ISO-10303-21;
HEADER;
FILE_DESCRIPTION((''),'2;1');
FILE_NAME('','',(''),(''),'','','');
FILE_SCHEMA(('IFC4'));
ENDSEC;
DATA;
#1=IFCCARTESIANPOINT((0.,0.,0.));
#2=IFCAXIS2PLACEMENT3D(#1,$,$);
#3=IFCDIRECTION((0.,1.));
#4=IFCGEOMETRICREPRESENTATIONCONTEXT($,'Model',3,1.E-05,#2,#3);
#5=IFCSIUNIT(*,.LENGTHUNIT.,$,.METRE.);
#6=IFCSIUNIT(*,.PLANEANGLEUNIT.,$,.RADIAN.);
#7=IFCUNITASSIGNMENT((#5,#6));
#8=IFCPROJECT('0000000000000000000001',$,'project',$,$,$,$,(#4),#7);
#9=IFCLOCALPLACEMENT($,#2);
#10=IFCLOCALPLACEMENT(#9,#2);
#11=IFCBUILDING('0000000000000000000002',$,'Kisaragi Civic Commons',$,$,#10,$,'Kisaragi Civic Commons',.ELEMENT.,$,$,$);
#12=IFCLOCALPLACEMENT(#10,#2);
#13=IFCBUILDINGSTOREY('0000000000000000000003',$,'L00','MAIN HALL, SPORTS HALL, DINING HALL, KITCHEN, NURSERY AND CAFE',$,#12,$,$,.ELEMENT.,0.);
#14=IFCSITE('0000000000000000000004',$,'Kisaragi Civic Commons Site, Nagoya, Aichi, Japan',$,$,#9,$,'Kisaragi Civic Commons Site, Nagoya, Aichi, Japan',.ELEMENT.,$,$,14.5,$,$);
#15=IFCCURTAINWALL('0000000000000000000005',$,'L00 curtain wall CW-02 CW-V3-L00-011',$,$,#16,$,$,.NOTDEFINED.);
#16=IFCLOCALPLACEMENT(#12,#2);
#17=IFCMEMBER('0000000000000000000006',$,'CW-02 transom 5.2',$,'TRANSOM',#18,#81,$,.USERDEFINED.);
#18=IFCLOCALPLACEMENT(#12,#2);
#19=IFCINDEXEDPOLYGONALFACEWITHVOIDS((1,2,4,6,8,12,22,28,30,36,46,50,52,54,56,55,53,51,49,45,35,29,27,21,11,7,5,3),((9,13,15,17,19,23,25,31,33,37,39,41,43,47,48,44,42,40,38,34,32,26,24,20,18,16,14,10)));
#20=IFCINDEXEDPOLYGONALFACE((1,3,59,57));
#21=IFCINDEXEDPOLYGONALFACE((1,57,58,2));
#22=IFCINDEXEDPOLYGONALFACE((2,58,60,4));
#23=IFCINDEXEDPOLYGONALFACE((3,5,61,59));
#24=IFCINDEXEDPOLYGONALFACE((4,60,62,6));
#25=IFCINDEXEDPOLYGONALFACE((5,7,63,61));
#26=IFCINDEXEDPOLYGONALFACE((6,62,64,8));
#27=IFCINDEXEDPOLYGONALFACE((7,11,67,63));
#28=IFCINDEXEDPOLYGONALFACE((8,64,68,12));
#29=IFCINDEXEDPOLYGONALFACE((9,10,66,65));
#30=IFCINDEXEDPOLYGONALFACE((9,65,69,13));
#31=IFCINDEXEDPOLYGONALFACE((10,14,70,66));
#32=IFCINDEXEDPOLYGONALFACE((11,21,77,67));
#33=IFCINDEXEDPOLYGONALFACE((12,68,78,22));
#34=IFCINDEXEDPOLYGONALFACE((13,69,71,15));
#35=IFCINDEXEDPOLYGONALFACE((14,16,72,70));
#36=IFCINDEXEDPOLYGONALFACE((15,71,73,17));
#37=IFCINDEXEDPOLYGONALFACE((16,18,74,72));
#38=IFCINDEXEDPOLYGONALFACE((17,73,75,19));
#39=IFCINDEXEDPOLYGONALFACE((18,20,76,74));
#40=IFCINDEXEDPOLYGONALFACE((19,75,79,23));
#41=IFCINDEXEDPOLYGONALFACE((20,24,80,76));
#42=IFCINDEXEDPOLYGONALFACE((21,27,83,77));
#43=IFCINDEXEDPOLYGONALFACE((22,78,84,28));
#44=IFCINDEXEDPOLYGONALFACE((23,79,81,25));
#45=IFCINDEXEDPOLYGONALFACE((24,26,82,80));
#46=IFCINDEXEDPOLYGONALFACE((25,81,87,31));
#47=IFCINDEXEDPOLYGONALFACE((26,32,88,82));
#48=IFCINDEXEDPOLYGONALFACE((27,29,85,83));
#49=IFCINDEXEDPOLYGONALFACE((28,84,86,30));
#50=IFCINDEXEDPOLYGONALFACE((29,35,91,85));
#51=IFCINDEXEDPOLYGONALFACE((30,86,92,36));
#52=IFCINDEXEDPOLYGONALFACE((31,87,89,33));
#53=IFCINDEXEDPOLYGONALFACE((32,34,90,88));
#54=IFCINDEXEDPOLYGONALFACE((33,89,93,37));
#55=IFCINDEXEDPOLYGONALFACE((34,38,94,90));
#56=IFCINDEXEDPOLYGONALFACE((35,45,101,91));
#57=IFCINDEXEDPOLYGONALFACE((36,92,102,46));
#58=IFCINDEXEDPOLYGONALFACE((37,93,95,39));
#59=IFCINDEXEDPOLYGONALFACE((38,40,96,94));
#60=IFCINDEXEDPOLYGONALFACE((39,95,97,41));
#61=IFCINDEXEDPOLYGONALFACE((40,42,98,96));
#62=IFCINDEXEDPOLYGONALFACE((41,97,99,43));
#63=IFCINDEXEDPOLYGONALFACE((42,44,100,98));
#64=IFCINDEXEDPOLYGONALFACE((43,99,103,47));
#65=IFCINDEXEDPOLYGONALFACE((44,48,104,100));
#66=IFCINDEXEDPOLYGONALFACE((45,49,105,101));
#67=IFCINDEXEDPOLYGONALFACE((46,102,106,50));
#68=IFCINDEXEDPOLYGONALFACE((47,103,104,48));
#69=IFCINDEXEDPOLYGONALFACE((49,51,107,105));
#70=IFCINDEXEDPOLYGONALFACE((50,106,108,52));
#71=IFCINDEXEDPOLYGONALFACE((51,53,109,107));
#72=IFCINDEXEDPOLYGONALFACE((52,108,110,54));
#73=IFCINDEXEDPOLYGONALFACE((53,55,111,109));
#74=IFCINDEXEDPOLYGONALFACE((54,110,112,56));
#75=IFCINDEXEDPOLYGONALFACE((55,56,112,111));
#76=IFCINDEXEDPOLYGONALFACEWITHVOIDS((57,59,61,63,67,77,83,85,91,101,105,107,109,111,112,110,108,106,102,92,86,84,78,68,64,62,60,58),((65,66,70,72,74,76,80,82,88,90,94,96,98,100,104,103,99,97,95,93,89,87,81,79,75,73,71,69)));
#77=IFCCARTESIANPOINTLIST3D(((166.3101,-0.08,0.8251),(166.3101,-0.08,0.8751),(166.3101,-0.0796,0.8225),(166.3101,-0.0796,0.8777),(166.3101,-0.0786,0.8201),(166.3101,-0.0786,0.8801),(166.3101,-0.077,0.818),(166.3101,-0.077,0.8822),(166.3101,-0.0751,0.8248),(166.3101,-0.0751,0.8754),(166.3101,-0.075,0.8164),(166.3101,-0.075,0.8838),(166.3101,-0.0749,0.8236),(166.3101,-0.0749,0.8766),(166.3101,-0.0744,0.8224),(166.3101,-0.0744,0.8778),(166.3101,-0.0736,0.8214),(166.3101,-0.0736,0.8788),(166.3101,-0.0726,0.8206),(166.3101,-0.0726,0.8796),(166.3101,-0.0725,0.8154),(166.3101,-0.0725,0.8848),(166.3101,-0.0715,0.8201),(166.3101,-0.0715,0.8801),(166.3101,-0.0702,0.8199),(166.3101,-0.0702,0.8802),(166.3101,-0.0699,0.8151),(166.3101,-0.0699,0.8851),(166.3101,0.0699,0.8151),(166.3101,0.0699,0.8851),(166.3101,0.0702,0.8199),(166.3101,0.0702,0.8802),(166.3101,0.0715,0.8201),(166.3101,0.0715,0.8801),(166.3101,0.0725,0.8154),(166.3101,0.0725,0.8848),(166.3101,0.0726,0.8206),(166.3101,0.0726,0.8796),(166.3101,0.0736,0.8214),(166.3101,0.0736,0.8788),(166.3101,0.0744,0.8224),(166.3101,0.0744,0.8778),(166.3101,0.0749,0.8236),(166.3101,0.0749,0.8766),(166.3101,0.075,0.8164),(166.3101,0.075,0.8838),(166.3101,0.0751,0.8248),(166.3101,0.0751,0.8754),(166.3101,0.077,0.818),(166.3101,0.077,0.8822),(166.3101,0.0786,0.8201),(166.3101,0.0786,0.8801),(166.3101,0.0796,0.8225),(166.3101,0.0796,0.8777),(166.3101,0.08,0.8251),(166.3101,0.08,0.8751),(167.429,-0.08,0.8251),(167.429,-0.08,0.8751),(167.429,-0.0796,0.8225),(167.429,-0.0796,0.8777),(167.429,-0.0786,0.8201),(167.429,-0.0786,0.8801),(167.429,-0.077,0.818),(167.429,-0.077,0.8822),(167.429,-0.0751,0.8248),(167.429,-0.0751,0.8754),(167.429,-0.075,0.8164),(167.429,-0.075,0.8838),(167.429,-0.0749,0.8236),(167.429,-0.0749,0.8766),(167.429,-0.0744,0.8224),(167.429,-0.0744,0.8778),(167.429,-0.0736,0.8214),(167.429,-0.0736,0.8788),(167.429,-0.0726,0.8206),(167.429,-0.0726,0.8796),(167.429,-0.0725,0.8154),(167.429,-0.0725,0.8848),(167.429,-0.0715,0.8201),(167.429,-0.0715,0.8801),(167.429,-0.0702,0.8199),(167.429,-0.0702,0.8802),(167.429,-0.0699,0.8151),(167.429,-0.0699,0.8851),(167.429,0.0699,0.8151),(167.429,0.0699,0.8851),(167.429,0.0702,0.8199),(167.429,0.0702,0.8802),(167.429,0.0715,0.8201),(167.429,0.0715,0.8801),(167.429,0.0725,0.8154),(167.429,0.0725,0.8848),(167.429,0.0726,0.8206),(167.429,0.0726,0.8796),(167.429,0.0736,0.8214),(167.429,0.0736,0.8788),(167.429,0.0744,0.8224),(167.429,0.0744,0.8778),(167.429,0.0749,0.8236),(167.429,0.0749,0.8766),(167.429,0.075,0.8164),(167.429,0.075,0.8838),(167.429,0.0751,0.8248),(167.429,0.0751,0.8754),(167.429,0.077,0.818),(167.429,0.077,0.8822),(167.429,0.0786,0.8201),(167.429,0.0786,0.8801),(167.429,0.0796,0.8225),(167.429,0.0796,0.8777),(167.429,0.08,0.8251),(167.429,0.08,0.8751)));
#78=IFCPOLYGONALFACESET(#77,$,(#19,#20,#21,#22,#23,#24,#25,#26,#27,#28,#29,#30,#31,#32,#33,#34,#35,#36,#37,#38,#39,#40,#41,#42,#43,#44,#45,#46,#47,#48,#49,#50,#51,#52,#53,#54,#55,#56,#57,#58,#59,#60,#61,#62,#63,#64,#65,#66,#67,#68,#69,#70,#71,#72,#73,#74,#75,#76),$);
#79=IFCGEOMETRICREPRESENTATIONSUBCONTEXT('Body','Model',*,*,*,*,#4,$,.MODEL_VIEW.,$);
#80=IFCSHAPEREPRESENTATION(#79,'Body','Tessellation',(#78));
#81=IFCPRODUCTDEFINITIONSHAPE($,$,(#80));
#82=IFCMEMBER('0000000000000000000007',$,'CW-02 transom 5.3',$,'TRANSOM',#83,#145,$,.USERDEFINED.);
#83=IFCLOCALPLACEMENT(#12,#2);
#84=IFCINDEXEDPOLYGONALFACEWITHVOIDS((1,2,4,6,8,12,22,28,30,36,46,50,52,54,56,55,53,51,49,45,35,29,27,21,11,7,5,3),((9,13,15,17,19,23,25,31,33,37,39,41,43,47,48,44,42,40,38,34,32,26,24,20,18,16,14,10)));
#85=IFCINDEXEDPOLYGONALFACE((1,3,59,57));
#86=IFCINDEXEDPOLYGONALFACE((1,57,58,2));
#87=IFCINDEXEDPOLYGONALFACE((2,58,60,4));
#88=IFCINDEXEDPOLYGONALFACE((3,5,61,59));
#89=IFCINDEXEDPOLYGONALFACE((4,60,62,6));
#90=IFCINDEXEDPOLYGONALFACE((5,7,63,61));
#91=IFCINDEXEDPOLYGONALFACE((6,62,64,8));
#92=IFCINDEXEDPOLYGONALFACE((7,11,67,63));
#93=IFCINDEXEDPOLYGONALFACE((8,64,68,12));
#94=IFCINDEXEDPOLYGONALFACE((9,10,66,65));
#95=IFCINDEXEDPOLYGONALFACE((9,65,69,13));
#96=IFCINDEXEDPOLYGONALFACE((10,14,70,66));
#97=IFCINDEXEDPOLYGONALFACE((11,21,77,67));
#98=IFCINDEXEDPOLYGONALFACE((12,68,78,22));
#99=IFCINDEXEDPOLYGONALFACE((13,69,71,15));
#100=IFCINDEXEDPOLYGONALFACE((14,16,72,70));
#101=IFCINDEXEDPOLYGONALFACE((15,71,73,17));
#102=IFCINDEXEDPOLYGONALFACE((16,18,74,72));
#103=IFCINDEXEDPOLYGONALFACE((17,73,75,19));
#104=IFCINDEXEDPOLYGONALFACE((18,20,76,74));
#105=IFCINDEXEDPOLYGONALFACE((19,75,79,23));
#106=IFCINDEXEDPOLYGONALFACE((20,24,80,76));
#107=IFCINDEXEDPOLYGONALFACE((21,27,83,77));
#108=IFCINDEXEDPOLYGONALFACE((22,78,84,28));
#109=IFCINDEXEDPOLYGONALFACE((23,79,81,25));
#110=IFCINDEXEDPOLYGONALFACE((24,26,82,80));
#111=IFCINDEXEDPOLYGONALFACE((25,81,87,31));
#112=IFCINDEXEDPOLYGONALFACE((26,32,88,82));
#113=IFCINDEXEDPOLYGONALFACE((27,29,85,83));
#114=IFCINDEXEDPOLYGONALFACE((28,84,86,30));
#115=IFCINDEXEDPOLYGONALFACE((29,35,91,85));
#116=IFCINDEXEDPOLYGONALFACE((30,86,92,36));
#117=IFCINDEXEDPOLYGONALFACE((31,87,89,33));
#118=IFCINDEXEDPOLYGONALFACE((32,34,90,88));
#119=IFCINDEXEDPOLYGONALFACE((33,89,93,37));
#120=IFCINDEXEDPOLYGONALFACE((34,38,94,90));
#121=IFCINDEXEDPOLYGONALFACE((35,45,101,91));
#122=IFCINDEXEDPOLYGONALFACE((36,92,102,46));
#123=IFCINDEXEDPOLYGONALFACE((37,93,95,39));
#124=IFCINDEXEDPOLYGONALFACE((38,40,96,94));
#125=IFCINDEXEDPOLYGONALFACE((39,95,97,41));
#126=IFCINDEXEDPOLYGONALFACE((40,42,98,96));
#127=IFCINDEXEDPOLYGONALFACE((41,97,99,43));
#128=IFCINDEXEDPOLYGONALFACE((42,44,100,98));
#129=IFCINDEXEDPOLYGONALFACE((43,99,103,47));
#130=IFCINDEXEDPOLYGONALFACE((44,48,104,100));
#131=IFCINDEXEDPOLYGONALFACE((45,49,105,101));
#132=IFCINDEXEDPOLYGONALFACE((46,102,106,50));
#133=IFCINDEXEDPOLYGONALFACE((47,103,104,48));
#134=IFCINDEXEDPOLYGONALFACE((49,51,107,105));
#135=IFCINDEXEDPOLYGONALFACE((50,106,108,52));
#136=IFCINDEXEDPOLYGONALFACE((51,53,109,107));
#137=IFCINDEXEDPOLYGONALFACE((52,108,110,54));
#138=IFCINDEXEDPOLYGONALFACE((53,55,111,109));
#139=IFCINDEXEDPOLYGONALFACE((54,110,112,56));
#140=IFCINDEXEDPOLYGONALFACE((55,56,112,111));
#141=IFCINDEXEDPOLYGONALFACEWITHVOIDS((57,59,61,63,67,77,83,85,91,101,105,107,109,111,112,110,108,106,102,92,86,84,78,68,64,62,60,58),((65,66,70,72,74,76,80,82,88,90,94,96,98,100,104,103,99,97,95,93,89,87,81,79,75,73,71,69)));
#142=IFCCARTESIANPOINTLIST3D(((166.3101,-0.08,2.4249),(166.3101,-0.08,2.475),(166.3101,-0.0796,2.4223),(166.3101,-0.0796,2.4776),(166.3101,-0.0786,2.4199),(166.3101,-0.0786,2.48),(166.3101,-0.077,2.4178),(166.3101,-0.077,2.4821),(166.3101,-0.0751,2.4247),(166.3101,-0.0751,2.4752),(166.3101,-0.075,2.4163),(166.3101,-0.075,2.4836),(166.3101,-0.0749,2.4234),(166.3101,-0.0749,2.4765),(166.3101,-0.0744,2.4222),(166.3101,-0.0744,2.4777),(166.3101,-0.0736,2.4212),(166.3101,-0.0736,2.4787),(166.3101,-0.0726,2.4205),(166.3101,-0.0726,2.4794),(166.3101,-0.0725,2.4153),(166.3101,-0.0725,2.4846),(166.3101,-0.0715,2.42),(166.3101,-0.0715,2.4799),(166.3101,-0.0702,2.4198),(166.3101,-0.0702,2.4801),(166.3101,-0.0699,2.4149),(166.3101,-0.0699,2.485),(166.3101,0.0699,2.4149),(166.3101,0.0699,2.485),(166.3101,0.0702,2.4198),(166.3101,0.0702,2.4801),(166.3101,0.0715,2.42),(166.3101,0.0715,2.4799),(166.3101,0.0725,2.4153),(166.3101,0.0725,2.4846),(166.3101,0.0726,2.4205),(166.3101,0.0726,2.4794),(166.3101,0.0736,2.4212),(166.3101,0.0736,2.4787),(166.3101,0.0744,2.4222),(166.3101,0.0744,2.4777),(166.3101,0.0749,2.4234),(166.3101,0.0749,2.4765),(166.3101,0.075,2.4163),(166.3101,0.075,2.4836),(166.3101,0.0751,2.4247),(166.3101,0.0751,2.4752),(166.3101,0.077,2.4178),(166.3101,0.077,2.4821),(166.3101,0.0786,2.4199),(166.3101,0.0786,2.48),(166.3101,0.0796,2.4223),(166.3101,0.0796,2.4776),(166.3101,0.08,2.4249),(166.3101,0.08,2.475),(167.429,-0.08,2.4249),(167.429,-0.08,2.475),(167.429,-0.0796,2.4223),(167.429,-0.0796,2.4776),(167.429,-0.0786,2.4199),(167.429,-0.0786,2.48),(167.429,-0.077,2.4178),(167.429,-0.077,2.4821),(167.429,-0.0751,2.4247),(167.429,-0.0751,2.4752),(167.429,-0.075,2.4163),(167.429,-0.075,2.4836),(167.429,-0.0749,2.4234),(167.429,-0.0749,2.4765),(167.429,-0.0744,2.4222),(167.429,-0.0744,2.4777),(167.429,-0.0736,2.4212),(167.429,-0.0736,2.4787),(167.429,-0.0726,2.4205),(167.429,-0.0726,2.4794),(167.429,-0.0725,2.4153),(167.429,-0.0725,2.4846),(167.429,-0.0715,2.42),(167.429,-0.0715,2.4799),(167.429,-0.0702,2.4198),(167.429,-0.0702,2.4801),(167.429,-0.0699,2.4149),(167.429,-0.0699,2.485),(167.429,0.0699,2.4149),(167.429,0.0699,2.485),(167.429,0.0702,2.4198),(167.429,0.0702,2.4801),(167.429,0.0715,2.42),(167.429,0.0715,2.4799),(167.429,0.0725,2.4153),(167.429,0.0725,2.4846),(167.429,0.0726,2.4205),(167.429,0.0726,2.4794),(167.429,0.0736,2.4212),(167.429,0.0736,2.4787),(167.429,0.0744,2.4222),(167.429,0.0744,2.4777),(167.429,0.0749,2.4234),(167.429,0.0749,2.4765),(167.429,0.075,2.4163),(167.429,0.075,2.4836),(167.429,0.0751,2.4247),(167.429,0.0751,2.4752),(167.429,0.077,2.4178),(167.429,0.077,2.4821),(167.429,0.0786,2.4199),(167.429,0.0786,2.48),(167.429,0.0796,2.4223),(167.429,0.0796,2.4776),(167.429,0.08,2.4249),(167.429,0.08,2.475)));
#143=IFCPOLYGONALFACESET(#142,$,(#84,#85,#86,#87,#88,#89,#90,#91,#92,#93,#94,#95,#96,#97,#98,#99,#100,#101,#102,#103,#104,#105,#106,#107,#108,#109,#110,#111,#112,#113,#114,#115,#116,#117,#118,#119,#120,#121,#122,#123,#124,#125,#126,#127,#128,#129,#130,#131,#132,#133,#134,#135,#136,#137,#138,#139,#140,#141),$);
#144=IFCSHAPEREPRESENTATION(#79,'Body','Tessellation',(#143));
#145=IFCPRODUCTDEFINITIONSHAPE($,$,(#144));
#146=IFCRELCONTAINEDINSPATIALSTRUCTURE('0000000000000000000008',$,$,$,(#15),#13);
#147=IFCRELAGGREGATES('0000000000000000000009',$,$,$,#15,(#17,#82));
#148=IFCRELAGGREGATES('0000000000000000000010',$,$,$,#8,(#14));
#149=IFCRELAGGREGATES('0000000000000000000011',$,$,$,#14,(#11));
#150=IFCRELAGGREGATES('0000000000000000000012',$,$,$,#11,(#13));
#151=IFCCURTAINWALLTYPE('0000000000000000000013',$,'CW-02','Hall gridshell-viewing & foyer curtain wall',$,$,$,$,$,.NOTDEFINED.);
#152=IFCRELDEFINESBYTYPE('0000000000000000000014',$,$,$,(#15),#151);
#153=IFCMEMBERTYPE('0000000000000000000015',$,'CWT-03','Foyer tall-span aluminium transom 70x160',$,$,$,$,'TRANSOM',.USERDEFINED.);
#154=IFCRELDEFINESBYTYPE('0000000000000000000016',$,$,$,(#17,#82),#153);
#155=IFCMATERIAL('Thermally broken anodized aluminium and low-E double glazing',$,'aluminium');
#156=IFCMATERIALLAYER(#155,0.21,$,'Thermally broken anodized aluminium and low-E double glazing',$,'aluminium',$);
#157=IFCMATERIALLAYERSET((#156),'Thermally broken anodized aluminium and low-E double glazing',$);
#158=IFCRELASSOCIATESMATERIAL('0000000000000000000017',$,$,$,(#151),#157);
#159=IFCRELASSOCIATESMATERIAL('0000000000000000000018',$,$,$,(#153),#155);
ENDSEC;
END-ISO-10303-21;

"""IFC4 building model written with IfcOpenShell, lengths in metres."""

from ifc_helpers import new_model, si_unit, direction, frame, origin, origin_2d, place, context, subcontext, project, spatial, hollow_rectangle, extrude, material, layer, layer_set, material_profile, profile_set, type_object, element, aggregate, save


model = new_model("IFC4")

# Units and contexts
model_context = context("Model", 3, precision=1e-05, world=origin(), true_north=direction((0.0, 1.0)))
body_context = subcontext(model_context, "Body", "Model", "MODEL_VIEW")
ifc_project = project(units=[si_unit("LENGTHUNIT", "METRE"), si_unit("PLANEANGLEUNIT", "RADIAN")], contexts=[model_context])

# Site, building, storey
site_placement = place(None, origin())
site = spatial("IfcSite", under=ifc_project, at=site_placement, Name="Kisaragi Civic Commons Site, Nagoya, Aichi, Japan", LongName="Kisaragi Civic Commons Site, Nagoya, Aichi, Japan", CompositionType="ELEMENT", RefElevation=14.5)
building_placement = place(site_placement, origin())
building = spatial("IfcBuilding", under=site, at=building_placement, Name="Kisaragi Civic Commons", LongName="Kisaragi Civic Commons", CompositionType="ELEMENT")
storey_placement = place(building_placement, origin())
storey = spatial("IfcBuildingStorey", under=building, at=storey_placement, Name="L00", Description="MAIN HALL, SPORTS HALL, DINING HALL, KITCHEN, NURSERY AND CAFE", CompositionType="ELEMENT", Elevation=0.0)

# Curtain wall
ifc_material = material(Name="Thermally broken anodized aluminium and low-E double glazing", Category="aluminium")
ifc_layer_1 = layer(ifc_material, 0.21, Name="Thermally broken anodized aluminium and low-E double glazing", Category="aluminium")
ifc_layer_set_1 = layer_set([ifc_layer_1], Name="Thermally broken anodized aluminium and low-E double glazing")
curtain_wall_type = type_object("IfcCurtainWallType", Name="CW-02", Description="Hall gridshell-viewing & foyer curtain wall", PredefinedType="NOTDEFINED", material=ifc_layer_set_1)
curtain_wall_1_placement = place(storey_placement, origin())
curtain_wall_1 = element("IfcCurtainWall", 1, at=curtain_wall_1_placement, inside=storey, type_object=curtain_wall_type, Name="L00 curtain wall CW-02 CW-V3-L00-011", PredefinedType="NOTDEFINED")

# Members
ifc_material_profile_1 = material_profile(ifc_material, hollow_rectangle(XDim=0.1599, YDim=0.0701, WallThickness=0.0049, InnerFilletRadius=0.0049, OuterFilletRadius=0.01, at=origin_2d()), Name="CWT-70x160x5", Category="aluminium")
ifc_profile_set_1 = profile_set([ifc_material_profile_1], Name="Thermally broken anodized aluminium and low-E double glazing")
member_type_1 = type_object("IfcMemberType", Name="CWT-03", Description="Foyer tall-span aluminium transom 70x160", ElementType="TRANSOM", PredefinedType="USERDEFINED", material=ifc_profile_set_1)
member_1_placement = place(storey_placement, frame((167.429, 0.0, 0.8501), z_axis=(-1.0, 0.0, 0.0), x_axis=(0.0, -1.0, 0.0)))
member_1 = element("IfcMember", 2, at=member_1_placement, type_object=member_type_1, Name="CW-02 transom 5.2", ObjectType="TRANSOM", PredefinedType="USERDEFINED", context=body_context, shape_type="SweptSolid", body=[
    extrude(hollow_rectangle(XDim=0.1599, YDim=0.0701, WallThickness=0.0049, InnerFilletRadius=0.0049, OuterFilletRadius=0.01, at=origin_2d()), origin(), (0.0, 0.0, 1.0), 1.1189),
])
member_2_placement = place(storey_placement, frame((167.429, 0.0, 2.45), z_axis=(-1.0, 0.0, 0.0), x_axis=(0.0, -1.0, 0.0)))
member_2 = element("IfcMember", 3, at=member_2_placement, type_object=member_type_1, Name="CW-02 transom 5.3", ObjectType="TRANSOM", PredefinedType="USERDEFINED", context=body_context, shape_type="SweptSolid", body=[
    extrude(hollow_rectangle(XDim=0.1599, YDim=0.0701, WallThickness=0.0049, InnerFilletRadius=0.0049, OuterFilletRadius=0.01, at=origin_2d()), origin(), (0.0, 0.0, 1.0), 1.1189),
])

aggregate(curtain_wall_1, [member_1, member_2])

save(model, "model.ifc")
